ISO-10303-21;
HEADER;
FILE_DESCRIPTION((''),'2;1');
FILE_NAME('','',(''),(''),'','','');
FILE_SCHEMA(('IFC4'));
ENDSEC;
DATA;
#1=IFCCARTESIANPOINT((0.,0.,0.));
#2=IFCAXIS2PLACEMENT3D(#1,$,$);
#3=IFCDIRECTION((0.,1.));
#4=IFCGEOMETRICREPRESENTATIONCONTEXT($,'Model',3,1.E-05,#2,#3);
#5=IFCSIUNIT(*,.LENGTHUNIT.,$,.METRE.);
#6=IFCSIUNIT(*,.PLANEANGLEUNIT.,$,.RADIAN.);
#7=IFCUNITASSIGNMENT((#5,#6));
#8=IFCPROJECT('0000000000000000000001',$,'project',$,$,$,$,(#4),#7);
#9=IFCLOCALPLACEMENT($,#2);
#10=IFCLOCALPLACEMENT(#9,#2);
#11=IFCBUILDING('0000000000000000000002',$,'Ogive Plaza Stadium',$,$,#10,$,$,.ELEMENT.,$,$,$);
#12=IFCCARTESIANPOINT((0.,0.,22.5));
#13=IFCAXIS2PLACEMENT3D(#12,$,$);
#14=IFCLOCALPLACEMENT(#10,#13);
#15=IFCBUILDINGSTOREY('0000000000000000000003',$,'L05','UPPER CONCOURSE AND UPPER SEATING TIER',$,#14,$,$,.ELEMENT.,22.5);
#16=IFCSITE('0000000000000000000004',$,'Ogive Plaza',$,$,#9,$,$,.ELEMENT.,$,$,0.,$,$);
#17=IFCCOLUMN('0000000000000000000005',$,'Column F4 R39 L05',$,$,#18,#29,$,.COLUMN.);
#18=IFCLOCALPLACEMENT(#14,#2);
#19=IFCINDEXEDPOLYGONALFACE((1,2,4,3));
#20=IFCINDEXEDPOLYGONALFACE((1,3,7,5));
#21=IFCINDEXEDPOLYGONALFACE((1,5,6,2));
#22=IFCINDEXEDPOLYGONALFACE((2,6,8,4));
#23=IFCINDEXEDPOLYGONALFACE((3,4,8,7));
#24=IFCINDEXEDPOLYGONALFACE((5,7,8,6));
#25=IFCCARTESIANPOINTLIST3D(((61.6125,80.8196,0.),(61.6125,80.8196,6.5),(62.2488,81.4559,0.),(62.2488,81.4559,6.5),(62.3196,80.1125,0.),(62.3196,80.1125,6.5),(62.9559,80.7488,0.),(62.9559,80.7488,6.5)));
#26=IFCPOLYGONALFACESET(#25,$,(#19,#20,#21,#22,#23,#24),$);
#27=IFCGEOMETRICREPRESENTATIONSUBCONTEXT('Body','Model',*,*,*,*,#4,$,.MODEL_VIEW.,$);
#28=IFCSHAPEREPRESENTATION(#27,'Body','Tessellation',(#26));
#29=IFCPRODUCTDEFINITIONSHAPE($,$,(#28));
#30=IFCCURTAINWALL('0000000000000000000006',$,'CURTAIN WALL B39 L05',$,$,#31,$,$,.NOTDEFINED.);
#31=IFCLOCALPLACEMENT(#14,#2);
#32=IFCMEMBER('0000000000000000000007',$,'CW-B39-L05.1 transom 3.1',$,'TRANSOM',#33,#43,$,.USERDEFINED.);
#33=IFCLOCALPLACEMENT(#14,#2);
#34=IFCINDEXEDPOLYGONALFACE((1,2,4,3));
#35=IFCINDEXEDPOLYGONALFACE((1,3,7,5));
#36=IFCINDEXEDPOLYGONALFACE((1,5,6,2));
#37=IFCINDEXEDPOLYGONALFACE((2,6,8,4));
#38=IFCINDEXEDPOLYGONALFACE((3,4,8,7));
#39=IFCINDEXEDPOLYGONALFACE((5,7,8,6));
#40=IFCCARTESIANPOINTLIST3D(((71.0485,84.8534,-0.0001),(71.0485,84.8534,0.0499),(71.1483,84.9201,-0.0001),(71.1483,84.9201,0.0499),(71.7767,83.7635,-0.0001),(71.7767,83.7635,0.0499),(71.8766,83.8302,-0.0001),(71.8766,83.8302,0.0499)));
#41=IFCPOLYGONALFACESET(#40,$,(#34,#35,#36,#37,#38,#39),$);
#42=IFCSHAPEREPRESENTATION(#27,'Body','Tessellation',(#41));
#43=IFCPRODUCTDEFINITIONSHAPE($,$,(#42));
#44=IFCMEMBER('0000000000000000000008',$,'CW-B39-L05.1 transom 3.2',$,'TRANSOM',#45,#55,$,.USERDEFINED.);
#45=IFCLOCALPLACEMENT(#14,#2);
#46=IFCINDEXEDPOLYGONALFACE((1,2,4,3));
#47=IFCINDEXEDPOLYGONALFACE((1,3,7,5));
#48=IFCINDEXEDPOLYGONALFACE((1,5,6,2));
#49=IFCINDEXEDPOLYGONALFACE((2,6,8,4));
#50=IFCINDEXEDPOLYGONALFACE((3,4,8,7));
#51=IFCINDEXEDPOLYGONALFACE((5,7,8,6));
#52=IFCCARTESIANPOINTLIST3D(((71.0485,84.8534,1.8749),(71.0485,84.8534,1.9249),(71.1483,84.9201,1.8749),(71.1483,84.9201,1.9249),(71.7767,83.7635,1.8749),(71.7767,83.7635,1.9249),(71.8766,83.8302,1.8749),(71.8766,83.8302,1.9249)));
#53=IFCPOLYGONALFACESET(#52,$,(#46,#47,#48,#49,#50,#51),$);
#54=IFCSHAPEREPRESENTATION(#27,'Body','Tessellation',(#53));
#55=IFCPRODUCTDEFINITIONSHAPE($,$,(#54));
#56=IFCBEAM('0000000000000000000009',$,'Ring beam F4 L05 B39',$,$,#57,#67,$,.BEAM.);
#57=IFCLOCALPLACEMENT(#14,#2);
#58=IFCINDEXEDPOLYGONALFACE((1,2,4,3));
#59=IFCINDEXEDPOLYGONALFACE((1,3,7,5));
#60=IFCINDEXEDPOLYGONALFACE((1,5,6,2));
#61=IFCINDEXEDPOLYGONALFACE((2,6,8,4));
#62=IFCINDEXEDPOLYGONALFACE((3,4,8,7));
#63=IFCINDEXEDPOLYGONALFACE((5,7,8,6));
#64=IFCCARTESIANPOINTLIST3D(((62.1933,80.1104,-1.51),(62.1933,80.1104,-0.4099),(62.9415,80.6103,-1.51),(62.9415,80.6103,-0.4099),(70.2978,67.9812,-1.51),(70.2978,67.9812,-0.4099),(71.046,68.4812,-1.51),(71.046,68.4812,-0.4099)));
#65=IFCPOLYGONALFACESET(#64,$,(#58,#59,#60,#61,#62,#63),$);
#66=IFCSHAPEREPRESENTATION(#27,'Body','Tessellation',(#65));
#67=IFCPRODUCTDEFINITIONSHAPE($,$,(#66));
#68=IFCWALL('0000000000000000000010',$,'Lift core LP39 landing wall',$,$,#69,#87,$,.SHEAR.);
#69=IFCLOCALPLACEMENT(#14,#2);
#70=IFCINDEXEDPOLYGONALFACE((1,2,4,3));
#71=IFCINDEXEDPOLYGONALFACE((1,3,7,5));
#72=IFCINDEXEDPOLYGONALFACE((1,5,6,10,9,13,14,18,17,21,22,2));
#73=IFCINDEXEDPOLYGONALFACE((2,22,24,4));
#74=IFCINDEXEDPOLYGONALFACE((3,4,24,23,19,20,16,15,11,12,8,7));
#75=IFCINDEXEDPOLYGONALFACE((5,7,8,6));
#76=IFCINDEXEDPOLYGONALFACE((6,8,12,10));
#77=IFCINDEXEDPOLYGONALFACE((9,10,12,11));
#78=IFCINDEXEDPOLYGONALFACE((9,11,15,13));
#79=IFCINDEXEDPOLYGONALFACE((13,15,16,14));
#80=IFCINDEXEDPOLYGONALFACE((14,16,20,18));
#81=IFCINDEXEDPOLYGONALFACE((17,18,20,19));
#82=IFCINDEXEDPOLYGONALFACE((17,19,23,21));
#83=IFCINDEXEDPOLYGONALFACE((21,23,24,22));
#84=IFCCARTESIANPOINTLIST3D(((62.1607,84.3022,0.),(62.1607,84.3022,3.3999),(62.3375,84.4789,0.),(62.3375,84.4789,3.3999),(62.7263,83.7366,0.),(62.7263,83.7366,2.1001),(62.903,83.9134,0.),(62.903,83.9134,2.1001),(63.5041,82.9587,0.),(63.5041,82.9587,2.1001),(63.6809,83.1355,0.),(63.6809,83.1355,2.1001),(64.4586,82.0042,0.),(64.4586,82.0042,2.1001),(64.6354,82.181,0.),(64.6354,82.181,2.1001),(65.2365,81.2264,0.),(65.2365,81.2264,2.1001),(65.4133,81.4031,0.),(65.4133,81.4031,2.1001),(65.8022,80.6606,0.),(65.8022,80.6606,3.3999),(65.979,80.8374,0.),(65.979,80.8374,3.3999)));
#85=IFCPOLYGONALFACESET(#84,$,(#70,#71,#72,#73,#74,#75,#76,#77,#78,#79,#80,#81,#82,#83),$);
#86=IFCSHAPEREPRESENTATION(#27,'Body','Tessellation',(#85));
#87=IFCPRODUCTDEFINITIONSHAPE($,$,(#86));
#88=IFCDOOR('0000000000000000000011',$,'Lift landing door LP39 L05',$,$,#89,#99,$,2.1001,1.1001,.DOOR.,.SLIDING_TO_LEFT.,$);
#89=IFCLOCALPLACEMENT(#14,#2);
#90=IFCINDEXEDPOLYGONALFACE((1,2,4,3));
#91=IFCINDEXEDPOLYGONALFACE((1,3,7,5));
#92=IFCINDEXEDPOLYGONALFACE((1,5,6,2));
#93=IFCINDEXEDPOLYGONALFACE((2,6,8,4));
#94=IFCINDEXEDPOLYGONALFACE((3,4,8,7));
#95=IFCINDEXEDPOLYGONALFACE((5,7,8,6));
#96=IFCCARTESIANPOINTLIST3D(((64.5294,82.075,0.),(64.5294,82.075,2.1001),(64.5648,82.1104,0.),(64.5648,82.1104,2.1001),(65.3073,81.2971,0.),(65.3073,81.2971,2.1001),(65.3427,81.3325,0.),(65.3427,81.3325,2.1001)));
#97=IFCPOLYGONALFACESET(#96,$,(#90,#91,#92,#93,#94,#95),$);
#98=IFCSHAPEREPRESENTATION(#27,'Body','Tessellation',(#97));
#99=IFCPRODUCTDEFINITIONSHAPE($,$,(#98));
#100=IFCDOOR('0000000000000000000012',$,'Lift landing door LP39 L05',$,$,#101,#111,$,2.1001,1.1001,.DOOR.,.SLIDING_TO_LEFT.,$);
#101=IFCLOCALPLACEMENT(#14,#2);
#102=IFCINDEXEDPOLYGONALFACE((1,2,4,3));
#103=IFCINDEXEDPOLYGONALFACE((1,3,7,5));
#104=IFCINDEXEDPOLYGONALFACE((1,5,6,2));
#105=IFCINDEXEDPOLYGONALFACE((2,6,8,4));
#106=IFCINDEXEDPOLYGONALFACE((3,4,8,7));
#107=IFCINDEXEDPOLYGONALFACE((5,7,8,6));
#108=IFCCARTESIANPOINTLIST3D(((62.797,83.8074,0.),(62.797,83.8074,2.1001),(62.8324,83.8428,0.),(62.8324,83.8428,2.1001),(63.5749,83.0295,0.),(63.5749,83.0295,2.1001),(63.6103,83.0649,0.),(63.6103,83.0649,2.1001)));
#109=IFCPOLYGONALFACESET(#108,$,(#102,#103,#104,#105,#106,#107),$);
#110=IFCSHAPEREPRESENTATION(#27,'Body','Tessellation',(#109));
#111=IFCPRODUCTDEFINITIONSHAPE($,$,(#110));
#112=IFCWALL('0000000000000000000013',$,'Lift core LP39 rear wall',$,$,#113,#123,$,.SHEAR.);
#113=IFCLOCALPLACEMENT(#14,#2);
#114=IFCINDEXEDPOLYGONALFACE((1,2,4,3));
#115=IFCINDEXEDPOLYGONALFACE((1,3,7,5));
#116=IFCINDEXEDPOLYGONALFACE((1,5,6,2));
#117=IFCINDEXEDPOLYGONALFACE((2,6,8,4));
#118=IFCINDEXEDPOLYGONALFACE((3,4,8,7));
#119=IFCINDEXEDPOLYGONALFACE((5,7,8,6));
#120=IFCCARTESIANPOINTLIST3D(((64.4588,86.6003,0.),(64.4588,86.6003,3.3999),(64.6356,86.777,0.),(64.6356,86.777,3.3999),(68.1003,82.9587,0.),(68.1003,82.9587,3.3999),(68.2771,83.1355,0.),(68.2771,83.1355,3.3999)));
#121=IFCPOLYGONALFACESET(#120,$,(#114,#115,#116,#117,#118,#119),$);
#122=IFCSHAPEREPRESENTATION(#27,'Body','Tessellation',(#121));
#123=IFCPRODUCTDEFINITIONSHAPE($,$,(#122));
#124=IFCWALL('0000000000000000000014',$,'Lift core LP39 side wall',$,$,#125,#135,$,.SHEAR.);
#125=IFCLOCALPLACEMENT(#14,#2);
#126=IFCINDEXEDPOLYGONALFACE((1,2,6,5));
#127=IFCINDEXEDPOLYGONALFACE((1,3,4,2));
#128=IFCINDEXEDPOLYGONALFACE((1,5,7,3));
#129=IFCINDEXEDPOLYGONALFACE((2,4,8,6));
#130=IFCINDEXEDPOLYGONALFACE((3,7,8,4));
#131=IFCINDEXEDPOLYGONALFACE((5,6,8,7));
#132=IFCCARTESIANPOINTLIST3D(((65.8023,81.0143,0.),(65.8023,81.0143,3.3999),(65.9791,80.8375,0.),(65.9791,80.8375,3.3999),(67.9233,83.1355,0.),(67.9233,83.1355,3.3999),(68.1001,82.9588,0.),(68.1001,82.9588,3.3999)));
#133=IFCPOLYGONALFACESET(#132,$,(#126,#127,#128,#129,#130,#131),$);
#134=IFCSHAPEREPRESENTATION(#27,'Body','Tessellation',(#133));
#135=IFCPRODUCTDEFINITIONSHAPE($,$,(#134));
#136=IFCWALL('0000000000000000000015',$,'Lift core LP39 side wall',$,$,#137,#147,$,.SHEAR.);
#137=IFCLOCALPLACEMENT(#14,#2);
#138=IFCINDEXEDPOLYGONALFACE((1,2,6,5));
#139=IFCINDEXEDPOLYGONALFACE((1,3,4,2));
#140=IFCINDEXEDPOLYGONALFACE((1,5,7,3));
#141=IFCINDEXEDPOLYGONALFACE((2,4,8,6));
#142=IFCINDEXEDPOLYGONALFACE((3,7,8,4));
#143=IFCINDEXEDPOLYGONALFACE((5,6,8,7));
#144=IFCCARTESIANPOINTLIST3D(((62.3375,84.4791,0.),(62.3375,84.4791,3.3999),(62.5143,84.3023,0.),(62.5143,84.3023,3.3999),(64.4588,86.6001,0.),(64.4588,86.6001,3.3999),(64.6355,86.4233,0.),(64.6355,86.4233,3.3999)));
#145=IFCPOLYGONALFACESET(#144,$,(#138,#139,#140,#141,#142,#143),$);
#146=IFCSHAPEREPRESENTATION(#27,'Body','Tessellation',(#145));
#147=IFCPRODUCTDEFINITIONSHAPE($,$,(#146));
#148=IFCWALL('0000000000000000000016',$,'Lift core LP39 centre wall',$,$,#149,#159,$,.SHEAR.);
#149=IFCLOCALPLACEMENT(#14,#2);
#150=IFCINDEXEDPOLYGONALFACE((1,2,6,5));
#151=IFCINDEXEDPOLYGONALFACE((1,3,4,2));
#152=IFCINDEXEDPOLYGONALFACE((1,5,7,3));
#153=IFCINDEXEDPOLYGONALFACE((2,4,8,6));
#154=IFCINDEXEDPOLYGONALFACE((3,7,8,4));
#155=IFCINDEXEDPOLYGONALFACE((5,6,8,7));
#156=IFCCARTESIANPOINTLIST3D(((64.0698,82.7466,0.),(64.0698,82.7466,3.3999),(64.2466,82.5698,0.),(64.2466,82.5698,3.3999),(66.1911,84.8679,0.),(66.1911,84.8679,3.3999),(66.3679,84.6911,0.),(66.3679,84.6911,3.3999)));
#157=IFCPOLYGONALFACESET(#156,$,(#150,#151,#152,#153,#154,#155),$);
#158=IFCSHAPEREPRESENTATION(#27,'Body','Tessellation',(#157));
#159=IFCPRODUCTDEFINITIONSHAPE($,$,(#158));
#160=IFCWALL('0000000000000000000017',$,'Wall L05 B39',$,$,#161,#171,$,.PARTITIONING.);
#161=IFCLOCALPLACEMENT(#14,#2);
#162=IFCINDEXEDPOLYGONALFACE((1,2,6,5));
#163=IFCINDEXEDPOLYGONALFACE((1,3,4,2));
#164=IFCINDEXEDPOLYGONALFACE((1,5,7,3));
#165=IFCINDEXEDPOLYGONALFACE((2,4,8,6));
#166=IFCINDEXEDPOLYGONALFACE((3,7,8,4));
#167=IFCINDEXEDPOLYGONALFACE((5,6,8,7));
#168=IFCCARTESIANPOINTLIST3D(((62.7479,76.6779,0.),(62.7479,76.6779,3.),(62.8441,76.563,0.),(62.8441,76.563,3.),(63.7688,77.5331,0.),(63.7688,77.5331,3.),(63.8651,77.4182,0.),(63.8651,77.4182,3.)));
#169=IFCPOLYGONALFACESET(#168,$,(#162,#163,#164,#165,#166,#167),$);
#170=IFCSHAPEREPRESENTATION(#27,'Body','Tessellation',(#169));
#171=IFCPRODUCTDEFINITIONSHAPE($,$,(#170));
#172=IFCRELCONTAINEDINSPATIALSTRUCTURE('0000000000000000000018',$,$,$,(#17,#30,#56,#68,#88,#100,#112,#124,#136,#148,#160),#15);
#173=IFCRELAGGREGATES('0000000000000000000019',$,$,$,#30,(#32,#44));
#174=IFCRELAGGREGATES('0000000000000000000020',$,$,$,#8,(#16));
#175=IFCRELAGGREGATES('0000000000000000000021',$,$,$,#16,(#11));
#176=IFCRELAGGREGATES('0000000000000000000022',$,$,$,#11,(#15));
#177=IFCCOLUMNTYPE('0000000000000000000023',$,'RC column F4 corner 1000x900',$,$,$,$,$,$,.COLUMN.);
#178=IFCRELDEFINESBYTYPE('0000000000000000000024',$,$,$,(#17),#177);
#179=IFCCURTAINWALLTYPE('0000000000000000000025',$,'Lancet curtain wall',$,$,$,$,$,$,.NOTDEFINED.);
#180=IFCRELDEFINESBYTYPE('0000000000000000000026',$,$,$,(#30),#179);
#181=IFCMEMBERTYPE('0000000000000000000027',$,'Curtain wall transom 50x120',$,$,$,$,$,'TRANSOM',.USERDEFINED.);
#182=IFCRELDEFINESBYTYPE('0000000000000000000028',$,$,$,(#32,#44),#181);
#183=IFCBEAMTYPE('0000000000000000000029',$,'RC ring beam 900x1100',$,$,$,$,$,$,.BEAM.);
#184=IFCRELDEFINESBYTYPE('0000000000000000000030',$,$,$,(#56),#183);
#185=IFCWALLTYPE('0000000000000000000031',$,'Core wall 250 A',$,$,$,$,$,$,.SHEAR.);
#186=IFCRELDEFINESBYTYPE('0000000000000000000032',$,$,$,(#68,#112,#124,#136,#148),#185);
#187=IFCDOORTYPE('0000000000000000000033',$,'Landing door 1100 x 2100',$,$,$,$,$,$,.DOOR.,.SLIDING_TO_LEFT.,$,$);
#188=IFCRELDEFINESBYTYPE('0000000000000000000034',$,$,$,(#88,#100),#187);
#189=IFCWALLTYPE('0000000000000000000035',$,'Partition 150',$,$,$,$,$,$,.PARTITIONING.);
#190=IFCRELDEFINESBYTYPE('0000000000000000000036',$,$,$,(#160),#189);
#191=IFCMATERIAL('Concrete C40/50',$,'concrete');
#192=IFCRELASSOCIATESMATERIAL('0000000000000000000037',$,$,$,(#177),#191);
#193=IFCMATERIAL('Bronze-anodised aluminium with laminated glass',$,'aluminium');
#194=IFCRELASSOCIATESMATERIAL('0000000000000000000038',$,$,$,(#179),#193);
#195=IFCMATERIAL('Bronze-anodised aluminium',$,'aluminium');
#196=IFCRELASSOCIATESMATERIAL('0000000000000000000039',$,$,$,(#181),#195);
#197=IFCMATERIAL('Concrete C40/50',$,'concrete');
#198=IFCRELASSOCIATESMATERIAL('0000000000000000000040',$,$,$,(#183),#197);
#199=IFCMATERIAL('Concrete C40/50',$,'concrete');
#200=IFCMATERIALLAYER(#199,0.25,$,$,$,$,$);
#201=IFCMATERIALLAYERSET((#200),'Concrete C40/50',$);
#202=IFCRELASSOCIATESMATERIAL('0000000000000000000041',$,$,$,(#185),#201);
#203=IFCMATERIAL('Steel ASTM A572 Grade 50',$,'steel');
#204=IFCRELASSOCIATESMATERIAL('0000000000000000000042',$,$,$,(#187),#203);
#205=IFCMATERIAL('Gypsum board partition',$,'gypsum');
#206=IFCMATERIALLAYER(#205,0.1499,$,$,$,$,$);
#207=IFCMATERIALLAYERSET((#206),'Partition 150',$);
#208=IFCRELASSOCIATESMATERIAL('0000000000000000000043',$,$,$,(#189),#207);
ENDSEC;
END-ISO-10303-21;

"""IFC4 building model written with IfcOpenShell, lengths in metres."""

from ifc_helpers import new_model, si_unit, direction, frame, frame_2d, origin, origin_2d, place, context, subcontext, project, spatial, rectangle, extrude, material, layer, layer_set, material_profile, profile_set, type_object, element, fill, aggregate, save


model = new_model("IFC4")

# Units and contexts
model_context = context("Model", 3, precision=1e-05, world=origin(), true_north=direction((0.0, 1.0)))
body_context = subcontext(model_context, "Body", "Model", "MODEL_VIEW")
ifc_project = project(units=[si_unit("LENGTHUNIT", "METRE"), si_unit("PLANEANGLEUNIT", "RADIAN")], contexts=[model_context])

# Site, building, storey
site_placement = place(None, origin())
site = spatial("IfcSite", under=ifc_project, at=site_placement, Name="Ogive Plaza", CompositionType="ELEMENT", RefElevation=0.0)
building_placement = place(site_placement, origin())
building = spatial("IfcBuilding", under=site, at=building_placement, Name="Ogive Plaza Stadium", CompositionType="ELEMENT")
storey_placement = place(building_placement, frame((0.0, 0.0, 22.5)))
storey = spatial("IfcBuildingStorey", under=building, at=storey_placement, Name="L05", Description="UPPER CONCOURSE AND UPPER SEATING TIER", CompositionType="ELEMENT", Elevation=22.5)

# Column
ifc_material_1 = material(Name="Concrete C40/50", Category="concrete")
ifc_material_profile_1 = material_profile(ifc_material_1, rectangle(XDim=1.0, YDim=0.8999, at=origin_2d()), Name="RC 1000x900")
ifc_profile_set_1 = profile_set([ifc_material_profile_1], Name="Concrete C40/50")
column_type = type_object("IfcColumnType", Name="RC column F4 corner 1000x900", PredefinedType="COLUMN", material=ifc_profile_set_1)
column_placement = place(storey_placement, frame((62.2842, 80.7842, 0.0), z_axis=(0.0, 0.0, 1.0), x_axis=(-0.707107, 0.707107, 0.0)))
element("IfcColumn", 1, at=column_placement, inside=storey, type_object=column_type, Name="Column F4 R39 L05", PredefinedType="COLUMN", context=body_context, shape_type="SweptSolid", body=[
    extrude(rectangle(XDim=1.0, YDim=0.8999, at=origin_2d()), origin(), (0.0, 0.0, 1.0), 6.5),
])

# Curtain wall, members
ifc_material_2 = material(Name="Bronze-anodised aluminium with laminated glass", Category="aluminium")
curtain_wall_type = type_object("IfcCurtainWallType", Name="Lancet curtain wall", PredefinedType="NOTDEFINED", material=ifc_material_2)
curtain_wall_placement = place(storey_placement, origin())
curtain_wall = element("IfcCurtainWall", 2, at=curtain_wall_placement, inside=storey, type_object=curtain_wall_type, Name="CURTAIN WALL B39 L05", PredefinedType="NOTDEFINED")
ifc_material_3 = material(Name="Bronze-anodised aluminium", Category="aluminium")
ifc_material_profile_2 = material_profile(ifc_material_3, rectangle(XDim=0.1201, YDim=0.05, at=origin_2d()), Name="AL 120x50")
ifc_profile_set_2 = profile_set([ifc_material_profile_2], Name="Bronze-anodised aluminium")
member_type = type_object("IfcMemberType", Name="Curtain wall transom 50x120", ElementType="TRANSOM", PredefinedType="USERDEFINED", material=ifc_profile_set_2)
member_1_placement = place(storey_placement, frame((71.0984, 84.8867, 0.0249), z_axis=(0.555602, -0.831448, 0.0), x_axis=(0.831448, 0.555602, 0.0)))
member_1 = element("IfcMember", 3, at=member_1_placement, type_object=member_type, Name="CW-B39-L05.1 transom 3.1", ObjectType="TRANSOM", PredefinedType="USERDEFINED", context=body_context, shape_type="SweptSolid", body=[
    extrude(rectangle(XDim=0.1201, YDim=0.05, at=origin_2d()), origin(), (0.0, 0.0, 1.0), 1.3108),
])
member_2_placement = place(storey_placement, frame((71.0984, 84.8867, 1.8999), z_axis=(0.555602, -0.831448, 0.0), x_axis=(0.831448, 0.555602, 0.0)))
member_2 = element("IfcMember", 4, at=member_2_placement, type_object=member_type, Name="CW-B39-L05.1 transom 3.2", ObjectType="TRANSOM", PredefinedType="USERDEFINED", context=body_context, shape_type="SweptSolid", body=[
    extrude(rectangle(XDim=0.1201, YDim=0.05, at=origin_2d()), origin(), (0.0, 0.0, 1.0), 1.3108),
])
aggregate(curtain_wall, [member_1, member_2])

# Beam
ifc_material_4 = material(Name="Concrete C40/50", Category="concrete")
ifc_material_profile_3 = material_profile(ifc_material_4, rectangle(XDim=0.8999, YDim=1.1001, at=origin_2d()), Name="RC 900x1100")
ifc_profile_set_3 = profile_set([ifc_material_profile_3], Name="Concrete C40/50")
beam_type = type_object("IfcBeamType", Name="RC ring beam 900x1100", PredefinedType="BEAM", material=ifc_profile_set_3)
beam_placement = place(storey_placement, frame((62.5674, 80.3604, -0.96), z_axis=(0.555573, -0.831468, 0.0), x_axis=(0.831468, 0.555573, 0.0)))
element("IfcBeam", 5, at=beam_placement, inside=storey, type_object=beam_type, Name="Ring beam F4 L05 B39", PredefinedType="BEAM", context=body_context, shape_type="SweptSolid", body=[
    extrude(rectangle(XDim=0.8999, YDim=1.1001, at=origin_2d()), origin(), (0.0, 0.0, 1.0), 14.5876),
])

# Wall, openings, doors
ifc_material_5 = material(Name="Concrete C40/50", Category="concrete")
ifc_layer_1 = layer(ifc_material_5, 0.25)
ifc_layer_set_1 = layer_set([ifc_layer_1], Name="Concrete C40/50")
wall_type_1 = type_object("IfcWallType", Name="Core wall 250 A", PredefinedType="SHEAR", material=ifc_layer_set_1)
wall_1_placement = place(storey_placement, frame((65.8906, 80.749, 0.0), z_axis=(0.0, 0.0, 1.0), x_axis=(-0.707107, 0.707107, 0.0)))
wall_1 = element("IfcWall", 6, at=wall_1_placement, inside=storey, type_object=wall_type_1, Name="Lift core LP39 landing wall", PredefinedType="SHEAR", context=body_context, shape_type="SweptSolid", body=[
    extrude(rectangle(XDim=5.1499, YDim=0.25, at=frame_2d((2.575, 0.0))), origin(), (0.0, 0.0, 1.0), 3.3999),
])
opening_1_placement = place(wall_1_placement, frame((0.8, 0.0, 0.0)))
opening_1 = element("IfcOpeningElement", 7, at=opening_1_placement, cuts=wall_1, PredefinedType="OPENING", context=body_context, shape_type="SweptSolid", body=[
    extrude(rectangle(XDim=1.1001, YDim=2.1001, at=frame_2d((0.55, 1.05))), frame((0.0, 0.125, 0.0), z_axis=(0.0, -1.0, 0.0), x_axis=(1.0, 0.0, 0.0)), (0.0, 0.0, 1.0), 0.25),
])
opening_2_placement = place(wall_1_placement, frame((3.25, 0.0, 0.0)))
opening_2 = element("IfcOpeningElement", 8, at=opening_2_placement, cuts=wall_1, PredefinedType="OPENING", context=body_context, shape_type="SweptSolid", body=[
    extrude(rectangle(XDim=1.1001, YDim=2.1001, at=frame_2d((0.55, 1.05))), frame((0.0, 0.125, 0.0), z_axis=(0.0, -1.0, 0.0), x_axis=(1.0, 0.0, 0.0)), (0.0, 0.0, 1.0), 0.25),
])
ifc_material_6 = material(Name="Steel ASTM A572 Grade 50", Category="steel")
door_type = type_object("IfcDoorType", Name="Landing door 1100 x 2100", OperationType="SLIDING_TO_LEFT", PredefinedType="DOOR", material=ifc_material_6)
door_1_placement = place(opening_1_placement, origin())
door_1 = element("IfcDoor", 9, at=door_1_placement, inside=storey, type_object=door_type, Name="Lift landing door LP39 L05", OperationType="SLIDING_TO_LEFT", OverallHeight=2.1001, OverallWidth=1.1001, PredefinedType="DOOR", context=body_context, shape_type="SweptSolid", body=[
    extrude(rectangle(XDim=1.1001, YDim=2.1001, at=frame_2d((0.55, 1.05))), frame((0.0, 0.0249, 0.0), z_axis=(0.0, -1.0, 0.0), x_axis=(1.0, 0.0, 0.0)), (0.0, 0.0, 1.0), 0.05),
])
fill(opening_1, door_1)
door_2_placement = place(opening_2_placement, origin())
door_2 = element("IfcDoor", 10, at=door_2_placement, inside=storey, type_object=door_type, Name="Lift landing door LP39 L05", OperationType="SLIDING_TO_LEFT", OverallHeight=2.1001, OverallWidth=1.1001, PredefinedType="DOOR", context=body_context, shape_type="SweptSolid", body=[
    extrude(rectangle(XDim=1.1001, YDim=2.1001, at=frame_2d((0.55, 1.05))), frame((0.0, 0.0249, 0.0), z_axis=(0.0, -1.0, 0.0), x_axis=(1.0, 0.0, 0.0)), (0.0, 0.0, 1.0), 0.05),
])
fill(opening_2, door_2)

# Walls
wall_2_placement = place(storey_placement, frame((68.1887, 83.0471, 0.0), z_axis=(0.0, 0.0, 1.0), x_axis=(-0.707107, 0.707107, 0.0)))
element("IfcWall", 11, at=wall_2_placement, inside=storey, type_object=wall_type_1, Name="Lift core LP39 rear wall", PredefinedType="SHEAR", context=body_context, shape_type="SweptSolid", body=[
    extrude(rectangle(XDim=5.1499, YDim=0.25, at=frame_2d((2.575, 0.0))), origin(), (0.0, 0.0, 1.0), 3.3999),
])
for number, where, z_axis, x_axis, name in (
    (12, (65.8906, 80.9258, 0.0), (0.0, 0.0, 1.0), (0.707066, 0.707147, 0.0), "Lift core LP39 side wall"),
    (13, (62.4258, 84.3906, 0.0), (0.0, 0.0, 1.0), (0.707147, 0.707066, 0.0), "Lift core LP39 side wall"),
):
    element("IfcWall", number, at=place(storey_placement, frame(where, z_axis=z_axis, x_axis=x_axis)), inside=storey, type_object=wall_type_1, Name=name, PredefinedType="SHEAR", context=body_context, shape_type="SweptSolid", body=[
        extrude(rectangle(XDim=2.9998, YDim=0.25, at=frame_2d((1.5, 0.0))), origin(), (0.0, 0.0, 1.0), 3.3999),
    ])
wall_3_placement = place(storey_placement, frame((64.1582, 82.6582, 0.0), z_axis=(0.0, 0.0, 1.0), x_axis=(0.707107, 0.707107, 0.0)))
element("IfcWall", 14, at=wall_3_placement, inside=storey, type_object=wall_type_1, Name="Lift core LP39 centre wall", PredefinedType="SHEAR", context=body_context, shape_type="SweptSolid", body=[
    extrude(rectangle(XDim=3.0, YDim=0.25, at=frame_2d((1.5, 0.0))), origin(), (0.0, 0.0, 1.0), 3.3999),
])
ifc_material_7 = material(Name="Gypsum board partition", Category="gypsum")
ifc_layer_2 = layer(ifc_material_7, 0.1499)
ifc_layer_set_2 = layer_set([ifc_layer_2], Name="Partition 150")
wall_type_2 = type_object("IfcWallType", Name="Partition 150", PredefinedType="PARTITIONING", material=ifc_layer_set_2)
wall_4_placement = place(storey_placement, frame((62.7959, 76.6204, 0.0), z_axis=(0.0, 0.0, 1.0), x_axis=(0.766596, 0.64213, 0.0)))
element("IfcWall", 15, at=wall_4_placement, inside=storey, type_object=wall_type_2, Name="Wall L05 B39", PredefinedType="PARTITIONING", context=body_context, shape_type="SweptSolid", body=[
    extrude(rectangle(XDim=1.3318, YDim=0.1499, at=frame_2d((0.666, 0.0))), origin(), (0.0, 0.0, 1.0), 3.0),
])

save(model, "model.ifc")
